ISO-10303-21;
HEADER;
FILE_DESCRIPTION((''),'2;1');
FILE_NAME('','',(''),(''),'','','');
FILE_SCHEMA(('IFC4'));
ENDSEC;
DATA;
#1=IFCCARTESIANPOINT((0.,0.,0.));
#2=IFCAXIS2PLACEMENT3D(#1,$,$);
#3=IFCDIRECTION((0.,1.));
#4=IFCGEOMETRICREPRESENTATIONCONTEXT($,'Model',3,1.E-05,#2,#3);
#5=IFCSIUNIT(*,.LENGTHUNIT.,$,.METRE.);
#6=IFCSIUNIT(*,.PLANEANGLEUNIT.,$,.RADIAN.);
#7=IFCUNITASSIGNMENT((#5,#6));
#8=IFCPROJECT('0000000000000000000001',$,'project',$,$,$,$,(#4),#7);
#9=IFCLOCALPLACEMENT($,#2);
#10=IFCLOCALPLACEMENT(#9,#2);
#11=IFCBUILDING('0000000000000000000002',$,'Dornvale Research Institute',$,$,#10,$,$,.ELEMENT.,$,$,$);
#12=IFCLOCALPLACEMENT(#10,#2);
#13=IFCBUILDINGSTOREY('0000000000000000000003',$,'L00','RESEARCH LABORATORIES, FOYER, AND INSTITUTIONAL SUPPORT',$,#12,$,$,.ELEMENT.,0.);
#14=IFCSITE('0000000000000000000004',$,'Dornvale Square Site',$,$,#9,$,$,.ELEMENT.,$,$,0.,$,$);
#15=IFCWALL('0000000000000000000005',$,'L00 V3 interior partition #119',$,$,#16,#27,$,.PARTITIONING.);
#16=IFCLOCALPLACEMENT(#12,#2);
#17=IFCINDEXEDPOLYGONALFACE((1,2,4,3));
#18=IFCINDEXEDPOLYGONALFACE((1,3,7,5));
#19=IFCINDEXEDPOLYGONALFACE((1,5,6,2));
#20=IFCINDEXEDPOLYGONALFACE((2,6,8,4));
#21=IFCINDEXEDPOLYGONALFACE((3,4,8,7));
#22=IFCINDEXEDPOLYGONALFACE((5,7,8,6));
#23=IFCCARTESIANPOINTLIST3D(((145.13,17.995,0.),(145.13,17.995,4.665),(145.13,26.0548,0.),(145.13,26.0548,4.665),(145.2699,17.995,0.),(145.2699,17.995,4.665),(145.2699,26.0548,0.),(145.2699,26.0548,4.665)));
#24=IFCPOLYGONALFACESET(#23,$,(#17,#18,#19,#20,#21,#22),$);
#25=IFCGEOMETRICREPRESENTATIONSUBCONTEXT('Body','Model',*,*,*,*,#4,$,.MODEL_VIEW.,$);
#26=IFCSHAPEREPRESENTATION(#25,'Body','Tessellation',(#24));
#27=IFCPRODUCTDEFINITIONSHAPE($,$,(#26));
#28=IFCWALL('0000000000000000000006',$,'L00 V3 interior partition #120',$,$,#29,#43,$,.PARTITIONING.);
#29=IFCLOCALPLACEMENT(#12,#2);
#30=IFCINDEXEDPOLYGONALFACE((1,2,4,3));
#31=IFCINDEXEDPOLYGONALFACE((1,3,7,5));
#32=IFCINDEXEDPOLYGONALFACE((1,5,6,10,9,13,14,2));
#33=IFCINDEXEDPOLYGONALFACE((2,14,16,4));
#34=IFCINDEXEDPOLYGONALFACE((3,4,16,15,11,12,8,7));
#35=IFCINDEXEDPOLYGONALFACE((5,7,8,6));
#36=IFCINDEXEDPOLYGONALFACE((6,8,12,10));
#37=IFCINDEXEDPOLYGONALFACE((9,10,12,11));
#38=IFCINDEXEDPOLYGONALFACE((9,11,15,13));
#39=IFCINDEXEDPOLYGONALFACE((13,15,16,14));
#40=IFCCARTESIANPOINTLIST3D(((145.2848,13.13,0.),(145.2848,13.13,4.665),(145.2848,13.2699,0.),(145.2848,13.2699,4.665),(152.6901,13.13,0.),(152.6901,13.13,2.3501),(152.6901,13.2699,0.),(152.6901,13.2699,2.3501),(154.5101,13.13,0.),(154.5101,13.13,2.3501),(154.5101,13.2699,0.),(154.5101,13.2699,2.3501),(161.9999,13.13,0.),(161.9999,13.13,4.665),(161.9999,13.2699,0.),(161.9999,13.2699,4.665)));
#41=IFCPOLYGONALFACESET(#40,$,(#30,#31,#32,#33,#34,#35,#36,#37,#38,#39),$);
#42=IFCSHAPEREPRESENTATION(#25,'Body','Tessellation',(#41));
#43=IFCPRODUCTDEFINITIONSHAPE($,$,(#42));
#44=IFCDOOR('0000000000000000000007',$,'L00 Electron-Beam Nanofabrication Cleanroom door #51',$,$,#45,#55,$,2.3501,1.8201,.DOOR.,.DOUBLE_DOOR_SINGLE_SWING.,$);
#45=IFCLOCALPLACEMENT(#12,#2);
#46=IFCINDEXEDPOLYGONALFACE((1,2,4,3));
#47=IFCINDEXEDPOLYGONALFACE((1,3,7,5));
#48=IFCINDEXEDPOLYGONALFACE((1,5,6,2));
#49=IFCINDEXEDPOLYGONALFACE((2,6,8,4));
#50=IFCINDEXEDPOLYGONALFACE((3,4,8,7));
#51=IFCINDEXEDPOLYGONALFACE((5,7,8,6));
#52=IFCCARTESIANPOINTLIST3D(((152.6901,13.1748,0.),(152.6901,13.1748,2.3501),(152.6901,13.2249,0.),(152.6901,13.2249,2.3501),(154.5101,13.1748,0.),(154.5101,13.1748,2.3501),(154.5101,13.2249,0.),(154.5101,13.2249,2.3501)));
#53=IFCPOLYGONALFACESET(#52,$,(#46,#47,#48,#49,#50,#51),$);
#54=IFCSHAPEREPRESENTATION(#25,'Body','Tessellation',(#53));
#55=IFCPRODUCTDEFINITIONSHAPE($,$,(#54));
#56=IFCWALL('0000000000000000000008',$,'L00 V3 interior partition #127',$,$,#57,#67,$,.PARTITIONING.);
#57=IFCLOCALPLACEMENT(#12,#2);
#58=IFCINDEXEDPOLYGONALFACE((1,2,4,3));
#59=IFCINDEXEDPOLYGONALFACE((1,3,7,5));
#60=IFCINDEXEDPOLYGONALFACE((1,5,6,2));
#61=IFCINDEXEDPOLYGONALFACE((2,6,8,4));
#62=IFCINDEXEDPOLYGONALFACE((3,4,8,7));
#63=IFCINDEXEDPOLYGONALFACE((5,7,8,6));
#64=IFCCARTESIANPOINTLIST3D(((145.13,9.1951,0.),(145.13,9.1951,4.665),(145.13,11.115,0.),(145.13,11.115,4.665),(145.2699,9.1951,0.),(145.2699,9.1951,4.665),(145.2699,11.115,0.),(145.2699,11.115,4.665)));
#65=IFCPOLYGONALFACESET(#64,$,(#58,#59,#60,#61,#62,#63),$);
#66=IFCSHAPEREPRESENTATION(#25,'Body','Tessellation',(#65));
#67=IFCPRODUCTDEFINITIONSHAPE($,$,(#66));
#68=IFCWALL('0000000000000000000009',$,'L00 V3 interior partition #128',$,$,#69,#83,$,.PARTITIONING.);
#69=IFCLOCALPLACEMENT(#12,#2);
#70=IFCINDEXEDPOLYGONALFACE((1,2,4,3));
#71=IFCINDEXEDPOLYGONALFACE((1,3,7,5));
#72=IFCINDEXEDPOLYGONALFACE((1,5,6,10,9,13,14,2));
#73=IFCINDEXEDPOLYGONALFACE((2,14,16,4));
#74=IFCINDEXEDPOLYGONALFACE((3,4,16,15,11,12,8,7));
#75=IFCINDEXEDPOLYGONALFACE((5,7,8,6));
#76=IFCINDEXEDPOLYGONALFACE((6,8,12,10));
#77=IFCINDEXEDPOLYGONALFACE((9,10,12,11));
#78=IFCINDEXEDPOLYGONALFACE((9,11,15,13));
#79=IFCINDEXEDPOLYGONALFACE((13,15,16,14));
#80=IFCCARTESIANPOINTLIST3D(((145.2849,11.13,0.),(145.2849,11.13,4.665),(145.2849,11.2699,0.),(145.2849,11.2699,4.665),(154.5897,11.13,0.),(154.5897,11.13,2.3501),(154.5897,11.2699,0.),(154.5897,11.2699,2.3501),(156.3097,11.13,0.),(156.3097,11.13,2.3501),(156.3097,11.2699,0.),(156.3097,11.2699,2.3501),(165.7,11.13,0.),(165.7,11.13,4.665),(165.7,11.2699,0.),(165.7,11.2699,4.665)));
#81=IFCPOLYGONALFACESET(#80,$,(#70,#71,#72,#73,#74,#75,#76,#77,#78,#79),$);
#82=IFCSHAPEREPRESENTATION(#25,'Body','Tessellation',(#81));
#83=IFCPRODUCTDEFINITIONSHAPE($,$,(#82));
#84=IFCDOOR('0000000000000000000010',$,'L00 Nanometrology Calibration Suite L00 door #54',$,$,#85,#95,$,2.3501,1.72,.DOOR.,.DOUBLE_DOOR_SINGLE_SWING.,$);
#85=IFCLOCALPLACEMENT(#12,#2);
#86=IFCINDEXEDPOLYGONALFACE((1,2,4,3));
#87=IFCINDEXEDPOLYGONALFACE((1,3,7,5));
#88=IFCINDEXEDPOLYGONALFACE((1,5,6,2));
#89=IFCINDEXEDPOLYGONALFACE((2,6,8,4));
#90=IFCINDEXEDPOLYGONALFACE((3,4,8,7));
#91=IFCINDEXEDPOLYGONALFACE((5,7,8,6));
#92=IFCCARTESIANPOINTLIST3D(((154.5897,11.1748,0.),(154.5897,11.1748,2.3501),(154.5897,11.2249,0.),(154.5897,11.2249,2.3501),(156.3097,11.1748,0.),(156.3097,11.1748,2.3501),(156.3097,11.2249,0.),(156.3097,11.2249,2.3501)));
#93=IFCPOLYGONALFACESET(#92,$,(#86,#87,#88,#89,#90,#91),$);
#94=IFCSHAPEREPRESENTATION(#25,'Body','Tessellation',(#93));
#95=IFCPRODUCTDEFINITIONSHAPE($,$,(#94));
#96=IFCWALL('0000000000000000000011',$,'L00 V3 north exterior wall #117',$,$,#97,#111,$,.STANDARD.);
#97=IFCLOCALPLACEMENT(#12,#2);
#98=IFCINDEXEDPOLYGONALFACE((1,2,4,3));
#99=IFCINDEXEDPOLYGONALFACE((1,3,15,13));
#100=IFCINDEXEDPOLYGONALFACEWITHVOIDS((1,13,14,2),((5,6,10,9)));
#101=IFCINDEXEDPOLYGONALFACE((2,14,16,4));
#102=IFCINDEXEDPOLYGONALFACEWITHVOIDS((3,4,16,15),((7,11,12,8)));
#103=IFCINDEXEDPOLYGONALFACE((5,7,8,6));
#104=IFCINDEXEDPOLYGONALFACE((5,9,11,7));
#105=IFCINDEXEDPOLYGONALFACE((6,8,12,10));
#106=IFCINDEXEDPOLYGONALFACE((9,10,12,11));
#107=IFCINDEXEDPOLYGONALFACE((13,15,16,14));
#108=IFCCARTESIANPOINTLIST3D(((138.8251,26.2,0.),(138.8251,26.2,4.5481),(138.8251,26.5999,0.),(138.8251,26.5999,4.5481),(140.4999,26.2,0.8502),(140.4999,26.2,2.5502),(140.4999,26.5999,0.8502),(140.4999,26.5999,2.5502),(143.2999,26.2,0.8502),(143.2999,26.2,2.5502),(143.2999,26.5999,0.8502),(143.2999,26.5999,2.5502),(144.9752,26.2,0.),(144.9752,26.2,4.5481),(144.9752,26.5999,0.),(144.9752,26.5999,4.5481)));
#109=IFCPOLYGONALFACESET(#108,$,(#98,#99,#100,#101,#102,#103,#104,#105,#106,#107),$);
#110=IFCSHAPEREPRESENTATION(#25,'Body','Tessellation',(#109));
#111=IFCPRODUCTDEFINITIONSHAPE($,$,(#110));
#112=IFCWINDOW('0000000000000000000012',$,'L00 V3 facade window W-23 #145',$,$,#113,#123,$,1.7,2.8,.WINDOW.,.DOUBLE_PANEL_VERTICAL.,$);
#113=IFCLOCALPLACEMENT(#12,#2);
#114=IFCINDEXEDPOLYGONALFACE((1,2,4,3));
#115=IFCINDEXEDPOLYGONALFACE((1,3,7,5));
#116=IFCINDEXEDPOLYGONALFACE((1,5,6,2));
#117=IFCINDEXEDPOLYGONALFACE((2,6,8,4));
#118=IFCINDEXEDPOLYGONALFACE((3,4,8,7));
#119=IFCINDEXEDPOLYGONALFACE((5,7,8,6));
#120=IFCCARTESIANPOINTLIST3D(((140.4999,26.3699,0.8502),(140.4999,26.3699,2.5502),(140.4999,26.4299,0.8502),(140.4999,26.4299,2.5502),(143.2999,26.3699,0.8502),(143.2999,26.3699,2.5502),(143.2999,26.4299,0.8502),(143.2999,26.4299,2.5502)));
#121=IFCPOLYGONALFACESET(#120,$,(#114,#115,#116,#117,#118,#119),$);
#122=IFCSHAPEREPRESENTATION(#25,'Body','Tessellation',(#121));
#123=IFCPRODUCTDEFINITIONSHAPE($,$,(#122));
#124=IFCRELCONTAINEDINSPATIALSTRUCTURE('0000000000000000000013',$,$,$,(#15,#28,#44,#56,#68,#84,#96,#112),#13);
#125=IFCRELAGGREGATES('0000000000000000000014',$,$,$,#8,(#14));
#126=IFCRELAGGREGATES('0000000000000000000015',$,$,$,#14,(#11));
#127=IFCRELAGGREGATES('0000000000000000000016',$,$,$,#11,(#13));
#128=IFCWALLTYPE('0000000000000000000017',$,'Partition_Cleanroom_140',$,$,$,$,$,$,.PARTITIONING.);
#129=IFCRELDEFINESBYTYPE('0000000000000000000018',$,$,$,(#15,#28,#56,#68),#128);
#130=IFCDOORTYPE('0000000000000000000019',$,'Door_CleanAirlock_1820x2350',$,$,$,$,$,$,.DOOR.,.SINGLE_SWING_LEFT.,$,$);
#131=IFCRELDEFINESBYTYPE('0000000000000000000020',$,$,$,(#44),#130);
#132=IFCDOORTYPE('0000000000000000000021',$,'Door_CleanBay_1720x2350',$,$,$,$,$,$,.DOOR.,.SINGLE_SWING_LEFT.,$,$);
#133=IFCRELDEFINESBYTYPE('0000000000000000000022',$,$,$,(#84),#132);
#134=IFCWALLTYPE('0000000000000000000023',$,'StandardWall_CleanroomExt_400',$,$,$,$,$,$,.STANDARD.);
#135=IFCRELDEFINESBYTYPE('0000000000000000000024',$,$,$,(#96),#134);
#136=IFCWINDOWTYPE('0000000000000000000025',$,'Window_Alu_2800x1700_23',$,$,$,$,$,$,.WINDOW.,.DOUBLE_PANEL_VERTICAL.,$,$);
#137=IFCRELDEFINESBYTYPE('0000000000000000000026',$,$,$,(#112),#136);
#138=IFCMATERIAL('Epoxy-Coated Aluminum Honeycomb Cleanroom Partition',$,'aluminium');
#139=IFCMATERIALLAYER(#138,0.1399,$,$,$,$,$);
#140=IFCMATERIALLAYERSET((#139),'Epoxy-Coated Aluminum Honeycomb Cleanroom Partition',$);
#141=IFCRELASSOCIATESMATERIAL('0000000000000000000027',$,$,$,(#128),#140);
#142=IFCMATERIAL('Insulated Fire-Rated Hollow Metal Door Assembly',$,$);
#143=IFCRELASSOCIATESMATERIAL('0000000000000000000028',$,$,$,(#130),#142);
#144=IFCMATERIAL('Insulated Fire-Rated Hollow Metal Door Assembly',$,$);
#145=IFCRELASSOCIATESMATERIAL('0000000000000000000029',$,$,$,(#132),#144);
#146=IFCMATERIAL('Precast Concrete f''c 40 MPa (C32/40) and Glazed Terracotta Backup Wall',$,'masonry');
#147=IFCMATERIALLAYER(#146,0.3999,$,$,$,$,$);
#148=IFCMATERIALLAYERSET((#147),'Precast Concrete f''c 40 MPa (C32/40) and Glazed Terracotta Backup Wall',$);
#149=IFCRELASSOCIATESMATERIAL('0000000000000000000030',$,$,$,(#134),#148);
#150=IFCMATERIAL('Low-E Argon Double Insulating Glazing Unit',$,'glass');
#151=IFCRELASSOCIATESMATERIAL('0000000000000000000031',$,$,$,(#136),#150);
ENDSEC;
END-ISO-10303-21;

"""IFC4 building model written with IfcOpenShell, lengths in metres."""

from ifc_helpers import new_model, si_unit, direction, frame, frame_2d, origin, place, context, subcontext, project, spatial, rectangle, extrude, material, layer, layer_set, type_object, element, fill, save


model = new_model("IFC4")

# Units and contexts
model_context = context("Model", 3, precision=1e-05, world=origin(), true_north=direction((0.0, 1.0)))
body_context = subcontext(model_context, "Body", "Model", "MODEL_VIEW")
ifc_project = project(units=[si_unit("LENGTHUNIT", "METRE"), si_unit("PLANEANGLEUNIT", "RADIAN")], contexts=[model_context])

# Site, building, storey
site_placement = place(None, origin())
site = spatial("IfcSite", under=ifc_project, at=site_placement, Name="Dornvale Square Site", CompositionType="ELEMENT", RefElevation=0.0)
building_placement = place(site_placement, origin())
building = spatial("IfcBuilding", under=site, at=building_placement, Name="Dornvale Research Institute", CompositionType="ELEMENT")
storey_placement = place(building_placement, origin())
storey = spatial("IfcBuildingStorey", under=building, at=storey_placement, Name="L00", Description="RESEARCH LABORATORIES, FOYER, AND INSTITUTIONAL SUPPORT", CompositionType="ELEMENT", Elevation=0.0)

# Wall
ifc_material_1 = material(Name="Epoxy-Coated Aluminum Honeycomb Cleanroom Partition", Category="aluminium")
ifc_layer_1 = layer(ifc_material_1, 0.1399)
ifc_layer_set_1 = layer_set([ifc_layer_1], Name="Epoxy-Coated Aluminum Honeycomb Cleanroom Partition")
wall_type_1 = type_object("IfcWallType", Name="Partition_Cleanroom_140", PredefinedType="PARTITIONING", material=ifc_layer_set_1)
wall_1_placement = place(storey_placement, frame((145.2, 17.9951, 0.0), z_axis=(0.0, 0.0, 1.0), x_axis=(0.0, 1.0, 0.0)))
element("IfcWall", 1, at=wall_1_placement, inside=storey, type_object=wall_type_1, Name="L00 V3 interior partition #119", PredefinedType="PARTITIONING", context=body_context, shape_type="SweptSolid", body=[
    extrude(rectangle(XDim=8.0598, YDim=0.1399, at=frame_2d((4.0298, 0.0))), origin(), (0.0, 0.0, 1.0), 4.665),
])

# Wall, opening, door
wall_2_placement = place(storey_placement, frame((145.2849, 13.2, 0.0), z_axis=(0.0, 0.0, 1.0), x_axis=(1.0, 0.0, 0.0)))
wall_2 = element("IfcWall", 2, at=wall_2_placement, inside=storey, type_object=wall_type_1, Name="L00 V3 interior partition #120", PredefinedType="PARTITIONING", context=body_context, shape_type="SweptSolid", body=[
    extrude(rectangle(XDim=16.7151, YDim=0.1399, at=frame_2d((8.3574, 0.0))), origin(), (0.0, 0.0, 1.0), 4.665),
])
opening_1_placement = place(wall_2_placement, frame((7.405, 0.0, 0.0)))
opening_1 = element("IfcOpeningElement", 3, at=opening_1_placement, cuts=wall_2, PredefinedType="OPENING", context=body_context, shape_type="SweptSolid", body=[
    extrude(rectangle(XDim=1.8201, YDim=2.3501, at=frame_2d((0.9102, 1.175))), frame((0.0, 0.085, 0.0), z_axis=(0.0, -1.0, 0.0), x_axis=(1.0, 0.0, 0.0)), (0.0, 0.0, 1.0), 0.1699),
])
ifc_material_2 = material(Name="Insulated Fire-Rated Hollow Metal Door Assembly")
door_type_1 = type_object("IfcDoorType", Name="Door_CleanAirlock_1820x2350", OperationType="SINGLE_SWING_LEFT", PredefinedType="DOOR", material=ifc_material_2)
door_1_placement = place(opening_1_placement, origin())
door_1 = element("IfcDoor", 4, at=door_1_placement, inside=storey, type_object=door_type_1, Name="L00 Electron-Beam Nanofabrication Cleanroom door #51", OperationType="DOUBLE_DOOR_SINGLE_SWING", OverallHeight=2.3501, OverallWidth=1.8201, PredefinedType="DOOR", context=body_context, shape_type="SweptSolid", body=[
    extrude(rectangle(XDim=1.8201, YDim=2.3501, at=frame_2d((0.9102, 1.175))), frame((0.0, 0.0249, 0.0), z_axis=(0.0, -1.0, 0.0), x_axis=(1.0, 0.0, 0.0)), (0.0, 0.0, 1.0), 0.05),
])
fill(opening_1, door_1)

# Wall
wall_3_placement = place(storey_placement, frame((145.2, 9.1951, 0.0), z_axis=(0.0, 0.0, 1.0), x_axis=(0.0, 1.0, 0.0)))
element("IfcWall", 5, at=wall_3_placement, inside=storey, type_object=wall_type_1, Name="L00 V3 interior partition #127", PredefinedType="PARTITIONING", context=body_context, shape_type="SweptSolid", body=[
    extrude(rectangle(XDim=1.9199, YDim=0.1399, at=frame_2d((0.96, 0.0))), origin(), (0.0, 0.0, 1.0), 4.665),
])

# Wall, opening, door
wall_4_placement = place(storey_placement, frame((145.2849, 11.2, 0.0), z_axis=(0.0, 0.0, 1.0), x_axis=(1.0, 0.0, 0.0)))
wall_4 = element("IfcWall", 6, at=wall_4_placement, inside=storey, type_object=wall_type_1, Name="L00 V3 interior partition #128", PredefinedType="PARTITIONING", context=body_context, shape_type="SweptSolid", body=[
    extrude(rectangle(XDim=20.415, YDim=0.1399, at=frame_2d((10.2075, 0.0))), origin(), (0.0, 0.0, 1.0), 4.665),
])
opening_2_placement = place(wall_4_placement, frame((9.3049, 0.0, 0.0)))
opening_2 = element("IfcOpeningElement", 7, at=opening_2_placement, cuts=wall_4, PredefinedType="OPENING", context=body_context, shape_type="SweptSolid", body=[
    extrude(rectangle(XDim=1.72, YDim=2.3501, at=frame_2d((0.8599, 1.175))), frame((0.0, 0.085, 0.0), z_axis=(0.0, -1.0, 0.0), x_axis=(1.0, 0.0, 0.0)), (0.0, 0.0, 1.0), 0.1699),
])
ifc_material_3 = material(Name="Insulated Fire-Rated Hollow Metal Door Assembly")
door_type_2 = type_object("IfcDoorType", Name="Door_CleanBay_1720x2350", OperationType="SINGLE_SWING_LEFT", PredefinedType="DOOR", material=ifc_material_3)
door_2_placement = place(opening_2_placement, origin())
door_2 = element("IfcDoor", 8, at=door_2_placement, inside=storey, type_object=door_type_2, Name="L00 Nanometrology Calibration Suite L00 door #54", OperationType="DOUBLE_DOOR_SINGLE_SWING", OverallHeight=2.3501, OverallWidth=1.72, PredefinedType="DOOR", context=body_context, shape_type="SweptSolid", body=[
    extrude(rectangle(XDim=1.72, YDim=2.3501, at=frame_2d((0.8599, 1.175))), frame((0.0, 0.0249, 0.0), z_axis=(0.0, -1.0, 0.0), x_axis=(1.0, 0.0, 0.0)), (0.0, 0.0, 1.0), 0.05),
])
fill(opening_2, door_2)

# Wall, opening, window
ifc_material_4 = material(Name="Precast Concrete f'c 40 MPa (C32/40) and Glazed Terracotta Backup Wall", Category="masonry")
ifc_layer_2 = layer(ifc_material_4, 0.3999)
ifc_layer_set_2 = layer_set([ifc_layer_2], Name="Precast Concrete f'c 40 MPa (C32/40) and Glazed Terracotta Backup Wall")
wall_type_2 = type_object("IfcWallType", Name="StandardWall_CleanroomExt_400", PredefinedType="STANDARD", material=ifc_layer_set_2)
wall_5_placement = place(storey_placement, frame((138.825, 26.3999, 0.0), z_axis=(0.0, 0.0, 1.0), x_axis=(1.0, 0.0, 0.0)))
wall_5 = element("IfcWall", 9, at=wall_5_placement, inside=storey, type_object=wall_type_2, Name="L00 V3 north exterior wall #117", PredefinedType="STANDARD", context=body_context, shape_type="SweptSolid", body=[
    extrude(rectangle(XDim=6.1501, YDim=0.3999, at=frame_2d((3.0752, 0.0))), origin(), (0.0, 0.0, 1.0), 4.5481),
])
opening_3_placement = place(wall_5_placement, frame((1.675, 0.0, 0.8501)))
opening_3 = element("IfcOpeningElement", 10, at=opening_3_placement, cuts=wall_5, PredefinedType="OPENING", context=body_context, shape_type="SweptSolid", body=[
    extrude(rectangle(XDim=2.8, YDim=1.7, at=frame_2d((1.3999, 0.8501))), frame((0.0, 0.2148, 0.0), z_axis=(0.0, -1.0, 0.0), x_axis=(1.0, 0.0, 0.0)), (0.0, 0.0, 1.0), 0.4299),
])
ifc_material_5 = material(Name="Low-E Argon Double Insulating Glazing Unit", Category="glass")
window_type = type_object("IfcWindowType", Name="Window_Alu_2800x1700_23", PartitioningType="DOUBLE_PANEL_VERTICAL", PredefinedType="WINDOW", material=ifc_material_5)
window_placement = place(opening_3_placement, origin())
window = element("IfcWindow", 11, at=window_placement, inside=storey, type_object=window_type, Name="L00 V3 facade window W-23 #145", OverallHeight=1.7, OverallWidth=2.8, PartitioningType="DOUBLE_PANEL_VERTICAL", PredefinedType="WINDOW", context=body_context, shape_type="SweptSolid", body=[
    extrude(rectangle(XDim=2.8, YDim=1.7, at=frame_2d((1.3999, 0.8501))), frame((0.0, 0.03, 0.0), z_axis=(0.0, -1.0, 0.0), x_axis=(1.0, 0.0, 0.0)), (0.0, 0.0, 1.0), 0.0601),
])
fill(opening_3, window)

save(model, "model.ifc")
